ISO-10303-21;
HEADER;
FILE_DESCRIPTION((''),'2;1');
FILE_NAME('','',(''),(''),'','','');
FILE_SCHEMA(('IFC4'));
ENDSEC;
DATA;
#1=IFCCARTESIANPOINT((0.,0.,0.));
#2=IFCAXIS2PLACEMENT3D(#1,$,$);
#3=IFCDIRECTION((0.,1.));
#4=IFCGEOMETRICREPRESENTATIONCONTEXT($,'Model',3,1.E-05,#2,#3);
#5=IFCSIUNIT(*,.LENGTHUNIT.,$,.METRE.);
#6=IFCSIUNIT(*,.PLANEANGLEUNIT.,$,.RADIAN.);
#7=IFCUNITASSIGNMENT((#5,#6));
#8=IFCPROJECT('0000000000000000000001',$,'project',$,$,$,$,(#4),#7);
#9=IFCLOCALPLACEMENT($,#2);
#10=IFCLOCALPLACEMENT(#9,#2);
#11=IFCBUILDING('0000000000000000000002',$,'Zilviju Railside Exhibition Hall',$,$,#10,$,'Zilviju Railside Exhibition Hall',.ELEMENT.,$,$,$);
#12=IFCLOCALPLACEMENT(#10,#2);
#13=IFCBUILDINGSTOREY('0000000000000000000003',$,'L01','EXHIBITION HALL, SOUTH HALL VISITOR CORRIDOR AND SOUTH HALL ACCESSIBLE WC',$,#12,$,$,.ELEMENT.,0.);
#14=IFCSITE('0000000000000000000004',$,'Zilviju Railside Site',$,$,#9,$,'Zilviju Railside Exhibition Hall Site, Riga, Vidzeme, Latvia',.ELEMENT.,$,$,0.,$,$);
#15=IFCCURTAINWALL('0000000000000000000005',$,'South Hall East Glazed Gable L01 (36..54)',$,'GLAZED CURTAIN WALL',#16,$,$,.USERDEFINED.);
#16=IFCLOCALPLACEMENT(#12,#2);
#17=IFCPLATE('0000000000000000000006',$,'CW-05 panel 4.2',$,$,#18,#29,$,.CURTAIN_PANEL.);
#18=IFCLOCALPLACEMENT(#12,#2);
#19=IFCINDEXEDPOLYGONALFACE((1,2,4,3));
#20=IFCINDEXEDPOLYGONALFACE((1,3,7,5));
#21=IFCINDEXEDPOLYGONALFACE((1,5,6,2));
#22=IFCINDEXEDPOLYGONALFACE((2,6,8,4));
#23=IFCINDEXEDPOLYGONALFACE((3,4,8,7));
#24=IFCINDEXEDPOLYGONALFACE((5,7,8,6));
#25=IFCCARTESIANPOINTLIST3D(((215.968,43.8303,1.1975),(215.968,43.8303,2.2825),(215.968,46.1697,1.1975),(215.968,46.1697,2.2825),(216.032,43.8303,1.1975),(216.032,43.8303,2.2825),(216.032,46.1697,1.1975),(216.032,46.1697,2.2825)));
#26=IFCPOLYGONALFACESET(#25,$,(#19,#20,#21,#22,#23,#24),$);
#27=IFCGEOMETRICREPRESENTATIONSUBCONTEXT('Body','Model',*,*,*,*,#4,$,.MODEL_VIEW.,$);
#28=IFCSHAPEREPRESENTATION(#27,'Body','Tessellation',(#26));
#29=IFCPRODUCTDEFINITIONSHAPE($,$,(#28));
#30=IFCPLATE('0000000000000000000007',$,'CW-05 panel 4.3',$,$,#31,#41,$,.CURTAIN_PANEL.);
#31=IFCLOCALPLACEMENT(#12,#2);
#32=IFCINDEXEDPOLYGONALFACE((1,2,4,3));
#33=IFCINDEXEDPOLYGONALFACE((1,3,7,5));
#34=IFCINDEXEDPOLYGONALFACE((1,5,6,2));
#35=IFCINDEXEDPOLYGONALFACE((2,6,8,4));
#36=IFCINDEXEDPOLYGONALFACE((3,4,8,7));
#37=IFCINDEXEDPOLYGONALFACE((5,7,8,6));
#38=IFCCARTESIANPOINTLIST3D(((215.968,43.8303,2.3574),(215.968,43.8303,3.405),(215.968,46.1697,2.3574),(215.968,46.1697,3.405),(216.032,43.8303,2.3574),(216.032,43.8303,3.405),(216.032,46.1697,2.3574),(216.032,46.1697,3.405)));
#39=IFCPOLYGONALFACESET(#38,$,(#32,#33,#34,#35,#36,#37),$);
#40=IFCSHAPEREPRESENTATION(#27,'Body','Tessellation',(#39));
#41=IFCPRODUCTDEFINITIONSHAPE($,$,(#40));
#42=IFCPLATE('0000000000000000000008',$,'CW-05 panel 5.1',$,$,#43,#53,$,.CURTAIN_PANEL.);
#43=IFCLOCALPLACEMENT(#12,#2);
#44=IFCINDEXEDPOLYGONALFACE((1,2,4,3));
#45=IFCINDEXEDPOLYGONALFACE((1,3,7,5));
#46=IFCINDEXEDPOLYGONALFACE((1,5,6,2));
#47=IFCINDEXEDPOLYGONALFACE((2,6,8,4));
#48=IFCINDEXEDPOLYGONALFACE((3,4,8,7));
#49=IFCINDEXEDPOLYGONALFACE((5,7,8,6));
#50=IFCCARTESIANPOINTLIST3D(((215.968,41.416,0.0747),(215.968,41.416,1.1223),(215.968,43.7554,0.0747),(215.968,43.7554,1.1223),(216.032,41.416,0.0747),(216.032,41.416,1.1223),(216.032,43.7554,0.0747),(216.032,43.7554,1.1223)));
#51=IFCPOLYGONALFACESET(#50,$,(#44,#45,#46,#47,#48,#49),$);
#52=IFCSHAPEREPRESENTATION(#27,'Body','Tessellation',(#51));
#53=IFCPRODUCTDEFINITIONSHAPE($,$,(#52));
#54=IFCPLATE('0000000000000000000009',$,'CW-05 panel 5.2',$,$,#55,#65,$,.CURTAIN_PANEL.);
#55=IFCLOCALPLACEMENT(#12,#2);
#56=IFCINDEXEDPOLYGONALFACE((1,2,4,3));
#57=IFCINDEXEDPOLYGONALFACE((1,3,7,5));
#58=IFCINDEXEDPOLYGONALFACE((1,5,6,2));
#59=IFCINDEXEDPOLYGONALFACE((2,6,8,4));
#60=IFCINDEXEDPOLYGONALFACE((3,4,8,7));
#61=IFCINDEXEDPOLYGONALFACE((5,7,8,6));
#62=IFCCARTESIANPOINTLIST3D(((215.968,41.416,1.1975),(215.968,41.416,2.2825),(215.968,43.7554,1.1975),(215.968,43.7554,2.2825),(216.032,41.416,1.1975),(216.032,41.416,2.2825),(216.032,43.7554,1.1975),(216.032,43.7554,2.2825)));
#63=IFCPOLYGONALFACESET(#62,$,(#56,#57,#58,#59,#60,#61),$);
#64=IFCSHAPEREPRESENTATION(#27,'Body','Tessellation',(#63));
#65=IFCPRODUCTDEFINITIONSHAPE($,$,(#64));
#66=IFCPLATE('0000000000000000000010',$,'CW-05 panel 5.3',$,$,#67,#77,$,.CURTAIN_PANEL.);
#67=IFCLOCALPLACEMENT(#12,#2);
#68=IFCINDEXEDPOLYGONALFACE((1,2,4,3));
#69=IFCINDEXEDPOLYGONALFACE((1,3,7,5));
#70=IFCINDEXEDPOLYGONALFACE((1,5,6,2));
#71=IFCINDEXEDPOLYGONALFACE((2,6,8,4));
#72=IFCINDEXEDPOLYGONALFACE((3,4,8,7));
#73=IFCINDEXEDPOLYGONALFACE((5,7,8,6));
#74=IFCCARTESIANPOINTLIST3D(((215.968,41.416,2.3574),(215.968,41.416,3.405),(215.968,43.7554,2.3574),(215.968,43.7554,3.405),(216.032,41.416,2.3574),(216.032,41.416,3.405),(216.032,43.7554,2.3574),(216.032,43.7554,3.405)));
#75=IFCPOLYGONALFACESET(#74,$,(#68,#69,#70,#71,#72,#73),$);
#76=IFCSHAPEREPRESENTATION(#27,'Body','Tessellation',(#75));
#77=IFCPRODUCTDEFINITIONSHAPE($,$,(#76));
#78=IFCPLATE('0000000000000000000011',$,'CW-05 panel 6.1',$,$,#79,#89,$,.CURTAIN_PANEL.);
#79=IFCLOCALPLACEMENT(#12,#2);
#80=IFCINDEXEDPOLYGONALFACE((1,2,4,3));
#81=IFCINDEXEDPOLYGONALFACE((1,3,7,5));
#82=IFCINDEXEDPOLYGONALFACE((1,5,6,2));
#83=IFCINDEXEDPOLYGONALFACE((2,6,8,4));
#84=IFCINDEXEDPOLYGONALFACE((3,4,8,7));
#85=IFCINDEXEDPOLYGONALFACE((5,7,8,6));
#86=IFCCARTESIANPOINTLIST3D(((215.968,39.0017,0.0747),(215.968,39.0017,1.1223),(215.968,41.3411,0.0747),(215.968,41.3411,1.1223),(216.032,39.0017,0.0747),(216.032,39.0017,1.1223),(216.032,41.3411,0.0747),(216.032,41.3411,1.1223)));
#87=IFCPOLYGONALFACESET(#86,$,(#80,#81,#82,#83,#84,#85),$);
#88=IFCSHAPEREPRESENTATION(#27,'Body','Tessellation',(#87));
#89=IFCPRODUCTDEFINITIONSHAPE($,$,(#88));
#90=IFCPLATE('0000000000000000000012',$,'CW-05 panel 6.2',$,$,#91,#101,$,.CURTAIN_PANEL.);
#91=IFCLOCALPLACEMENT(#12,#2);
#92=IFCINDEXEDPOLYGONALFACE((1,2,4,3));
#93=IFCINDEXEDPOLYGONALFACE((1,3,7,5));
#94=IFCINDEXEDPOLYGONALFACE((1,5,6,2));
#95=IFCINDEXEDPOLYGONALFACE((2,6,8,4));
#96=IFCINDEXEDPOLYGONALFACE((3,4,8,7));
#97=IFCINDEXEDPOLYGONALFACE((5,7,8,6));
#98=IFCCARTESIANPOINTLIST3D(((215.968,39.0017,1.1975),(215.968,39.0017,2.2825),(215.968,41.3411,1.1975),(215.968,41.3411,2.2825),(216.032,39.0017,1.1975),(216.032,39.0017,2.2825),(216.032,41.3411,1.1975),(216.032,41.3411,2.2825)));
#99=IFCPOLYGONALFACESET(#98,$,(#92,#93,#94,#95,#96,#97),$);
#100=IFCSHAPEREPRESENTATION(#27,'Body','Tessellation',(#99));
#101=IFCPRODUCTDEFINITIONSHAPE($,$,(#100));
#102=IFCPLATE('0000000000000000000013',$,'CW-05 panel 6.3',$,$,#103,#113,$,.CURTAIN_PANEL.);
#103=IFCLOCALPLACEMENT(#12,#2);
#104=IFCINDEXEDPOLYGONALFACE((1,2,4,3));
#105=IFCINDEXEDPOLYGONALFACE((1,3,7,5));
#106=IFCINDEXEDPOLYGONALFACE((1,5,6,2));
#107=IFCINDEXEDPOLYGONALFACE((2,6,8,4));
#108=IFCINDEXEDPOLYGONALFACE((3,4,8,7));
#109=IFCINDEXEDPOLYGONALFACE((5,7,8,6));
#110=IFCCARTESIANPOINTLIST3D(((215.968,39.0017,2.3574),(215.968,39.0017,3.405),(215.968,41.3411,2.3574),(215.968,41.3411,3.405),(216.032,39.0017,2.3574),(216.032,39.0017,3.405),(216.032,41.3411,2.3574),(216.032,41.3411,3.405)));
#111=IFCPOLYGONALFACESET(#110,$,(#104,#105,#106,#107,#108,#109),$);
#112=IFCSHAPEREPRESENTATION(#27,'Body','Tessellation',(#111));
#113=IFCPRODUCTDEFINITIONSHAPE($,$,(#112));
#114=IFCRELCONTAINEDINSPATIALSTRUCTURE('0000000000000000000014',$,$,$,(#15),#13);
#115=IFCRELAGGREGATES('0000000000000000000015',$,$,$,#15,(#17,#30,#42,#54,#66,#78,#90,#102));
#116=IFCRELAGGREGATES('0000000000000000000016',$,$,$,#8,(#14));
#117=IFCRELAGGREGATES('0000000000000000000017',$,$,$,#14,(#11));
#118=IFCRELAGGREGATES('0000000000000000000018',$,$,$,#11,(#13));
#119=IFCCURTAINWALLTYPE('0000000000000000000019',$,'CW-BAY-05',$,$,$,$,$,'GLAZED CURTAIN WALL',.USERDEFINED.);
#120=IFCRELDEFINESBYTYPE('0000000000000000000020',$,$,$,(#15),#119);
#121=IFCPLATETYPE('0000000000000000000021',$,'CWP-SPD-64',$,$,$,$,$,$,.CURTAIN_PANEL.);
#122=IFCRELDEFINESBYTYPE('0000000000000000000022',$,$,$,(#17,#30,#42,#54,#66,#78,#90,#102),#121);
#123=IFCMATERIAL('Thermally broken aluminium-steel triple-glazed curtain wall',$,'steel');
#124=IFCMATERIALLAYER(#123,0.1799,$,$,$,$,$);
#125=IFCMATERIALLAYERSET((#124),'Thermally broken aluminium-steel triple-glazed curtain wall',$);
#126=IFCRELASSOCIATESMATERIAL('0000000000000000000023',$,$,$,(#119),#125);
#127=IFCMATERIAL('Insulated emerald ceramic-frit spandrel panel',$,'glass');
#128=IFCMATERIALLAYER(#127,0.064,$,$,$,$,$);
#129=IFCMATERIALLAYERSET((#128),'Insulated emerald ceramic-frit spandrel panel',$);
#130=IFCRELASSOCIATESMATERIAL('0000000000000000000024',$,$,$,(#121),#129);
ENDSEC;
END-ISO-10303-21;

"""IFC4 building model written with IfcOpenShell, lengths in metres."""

from ifc_helpers import new_model, si_unit, direction, frame, origin, origin_2d, place, context, subcontext, project, spatial, rectangle, extrude, material, layer, layer_set, type_object, element, aggregate, save


model = new_model("IFC4")

# Units and contexts
model_context = context("Model", 3, precision=1e-05, world=origin(), true_north=direction((0.0, 1.0)))
body_context = subcontext(model_context, "Body", "Model", "MODEL_VIEW")
ifc_project = project(units=[si_unit("LENGTHUNIT", "METRE"), si_unit("PLANEANGLEUNIT", "RADIAN")], contexts=[model_context])

# Site, building, storey
site_placement = place(None, origin())
site = spatial("IfcSite", under=ifc_project, at=site_placement, Name="Zilviju Railside Site", LongName="Zilviju Railside Exhibition Hall Site, Riga, Vidzeme, Latvia", CompositionType="ELEMENT", RefElevation=0.0)
building_placement = place(site_placement, origin())
building = spatial("IfcBuilding", under=site, at=building_placement, Name="Zilviju Railside Exhibition Hall", LongName="Zilviju Railside Exhibition Hall", CompositionType="ELEMENT")
storey_placement = place(building_placement, origin())
storey = spatial("IfcBuildingStorey", under=building, at=storey_placement, Name="L01", Description="EXHIBITION HALL, SOUTH HALL VISITOR CORRIDOR AND SOUTH HALL ACCESSIBLE WC", CompositionType="ELEMENT", Elevation=0.0)

# Curtain wall, plates
ifc_material_1 = material(Name="Thermally broken aluminium-steel triple-glazed curtain wall", Category="steel")
ifc_layer_1 = layer(ifc_material_1, 0.1799)
ifc_layer_set_1 = layer_set([ifc_layer_1], Name="Thermally broken aluminium-steel triple-glazed curtain wall")
curtain_wall_type = type_object("IfcCurtainWallType", Name="CW-BAY-05", ElementType="GLAZED CURTAIN WALL", PredefinedType="USERDEFINED", material=ifc_layer_set_1)
curtain_wall_placement = place(storey_placement, origin())
curtain_wall = element("IfcCurtainWall", 1, at=curtain_wall_placement, inside=storey, type_object=curtain_wall_type, Name="South Hall East Glazed Gable L01 (36..54)", ObjectType="GLAZED CURTAIN WALL", PredefinedType="USERDEFINED")
ifc_material_2 = material(Name="Insulated emerald ceramic-frit spandrel panel", Category="glass")
ifc_layer_2 = layer(ifc_material_2, 0.064)
ifc_layer_set_2 = layer_set([ifc_layer_2], Name="Insulated emerald ceramic-frit spandrel panel")
plate_type = type_object("IfcPlateType", Name="CWP-SPD-64", PredefinedType="CURTAIN_PANEL", material=ifc_layer_set_2)
plate_1_placement = place(storey_placement, frame((216.0, 45.0, 1.1975), z_axis=(0.0, 0.0, 1.0), x_axis=(0.0, -1.0, 0.0)))
plate_1 = element("IfcPlate", 2, at=plate_1_placement, type_object=plate_type, Name="CW-05 panel 4.2", PredefinedType="CURTAIN_PANEL", context=body_context, shape_type="SweptSolid", body=[
    extrude(rectangle(XDim=2.3394, YDim=0.064, at=origin_2d()), origin(), (0.0, 0.0, 1.0), 1.085),
])
plate_2_placement = place(storey_placement, frame((216.0, 45.0, 2.3574), z_axis=(0.0, 0.0, 1.0), x_axis=(0.0, -1.0, 0.0)))
plate_2 = element("IfcPlate", 3, at=plate_2_placement, type_object=plate_type, Name="CW-05 panel 4.3", PredefinedType="CURTAIN_PANEL", context=body_context, shape_type="SweptSolid", body=[
    extrude(rectangle(XDim=2.3394, YDim=0.064, at=origin_2d()), origin(), (0.0, 0.0, 1.0), 1.0476),
])
plate_3_placement = place(storey_placement, frame((216.0, 42.5857, 0.0747), z_axis=(0.0, 0.0, 1.0), x_axis=(0.0, -1.0, 0.0)))
plate_3 = element("IfcPlate", 4, at=plate_3_placement, type_object=plate_type, Name="CW-05 panel 5.1", PredefinedType="CURTAIN_PANEL", context=body_context, shape_type="SweptSolid", body=[
    extrude(rectangle(XDim=2.3394, YDim=0.064, at=origin_2d()), origin(), (0.0, 0.0, 1.0), 1.0476),
])
plate_4_placement = place(storey_placement, frame((216.0, 42.5857, 1.1975), z_axis=(0.0, 0.0, 1.0), x_axis=(0.0, -1.0, 0.0)))
plate_4 = element("IfcPlate", 5, at=plate_4_placement, type_object=plate_type, Name="CW-05 panel 5.2", PredefinedType="CURTAIN_PANEL", context=body_context, shape_type="SweptSolid", body=[
    extrude(rectangle(XDim=2.3394, YDim=0.064, at=origin_2d()), origin(), (0.0, 0.0, 1.0), 1.085),
])
plate_5_placement = place(storey_placement, frame((216.0, 42.5857, 2.3574), z_axis=(0.0, 0.0, 1.0), x_axis=(0.0, -1.0, 0.0)))
plate_5 = element("IfcPlate", 6, at=plate_5_placement, type_object=plate_type, Name="CW-05 panel 5.3", PredefinedType="CURTAIN_PANEL", context=body_context, shape_type="SweptSolid", body=[
    extrude(rectangle(XDim=2.3394, YDim=0.064, at=origin_2d()), origin(), (0.0, 0.0, 1.0), 1.0476),
])
plate_6_placement = place(storey_placement, frame((216.0, 40.1714, 0.0747), z_axis=(0.0, 0.0, 1.0), x_axis=(0.0, -1.0, 0.0)))
plate_6 = element("IfcPlate", 7, at=plate_6_placement, type_object=plate_type, Name="CW-05 panel 6.1", PredefinedType="CURTAIN_PANEL", context=body_context, shape_type="SweptSolid", body=[
    extrude(rectangle(XDim=2.3394, YDim=0.064, at=origin_2d()), origin(), (0.0, 0.0, 1.0), 1.0476),
])
plate_7_placement = place(storey_placement, frame((216.0, 40.1714, 1.1975), z_axis=(0.0, 0.0, 1.0), x_axis=(0.0, -1.0, 0.0)))
plate_7 = element("IfcPlate", 8, at=plate_7_placement, type_object=plate_type, Name="CW-05 panel 6.2", PredefinedType="CURTAIN_PANEL", context=body_context, shape_type="SweptSolid", body=[
    extrude(rectangle(XDim=2.3394, YDim=0.064, at=origin_2d()), origin(), (0.0, 0.0, 1.0), 1.085),
])
plate_8_placement = place(storey_placement, frame((216.0, 40.1714, 2.3574), z_axis=(0.0, 0.0, 1.0), x_axis=(0.0, -1.0, 0.0)))
plate_8 = element("IfcPlate", 9, at=plate_8_placement, type_object=plate_type, Name="CW-05 panel 6.3", PredefinedType="CURTAIN_PANEL", context=body_context, shape_type="SweptSolid", body=[
    extrude(rectangle(XDim=2.3394, YDim=0.064, at=origin_2d()), origin(), (0.0, 0.0, 1.0), 1.0476),
])
aggregate(curtain_wall, [plate_1, plate_2, plate_3, plate_4, plate_5, plate_6, plate_7, plate_8])

save(model, "model.ifc")
